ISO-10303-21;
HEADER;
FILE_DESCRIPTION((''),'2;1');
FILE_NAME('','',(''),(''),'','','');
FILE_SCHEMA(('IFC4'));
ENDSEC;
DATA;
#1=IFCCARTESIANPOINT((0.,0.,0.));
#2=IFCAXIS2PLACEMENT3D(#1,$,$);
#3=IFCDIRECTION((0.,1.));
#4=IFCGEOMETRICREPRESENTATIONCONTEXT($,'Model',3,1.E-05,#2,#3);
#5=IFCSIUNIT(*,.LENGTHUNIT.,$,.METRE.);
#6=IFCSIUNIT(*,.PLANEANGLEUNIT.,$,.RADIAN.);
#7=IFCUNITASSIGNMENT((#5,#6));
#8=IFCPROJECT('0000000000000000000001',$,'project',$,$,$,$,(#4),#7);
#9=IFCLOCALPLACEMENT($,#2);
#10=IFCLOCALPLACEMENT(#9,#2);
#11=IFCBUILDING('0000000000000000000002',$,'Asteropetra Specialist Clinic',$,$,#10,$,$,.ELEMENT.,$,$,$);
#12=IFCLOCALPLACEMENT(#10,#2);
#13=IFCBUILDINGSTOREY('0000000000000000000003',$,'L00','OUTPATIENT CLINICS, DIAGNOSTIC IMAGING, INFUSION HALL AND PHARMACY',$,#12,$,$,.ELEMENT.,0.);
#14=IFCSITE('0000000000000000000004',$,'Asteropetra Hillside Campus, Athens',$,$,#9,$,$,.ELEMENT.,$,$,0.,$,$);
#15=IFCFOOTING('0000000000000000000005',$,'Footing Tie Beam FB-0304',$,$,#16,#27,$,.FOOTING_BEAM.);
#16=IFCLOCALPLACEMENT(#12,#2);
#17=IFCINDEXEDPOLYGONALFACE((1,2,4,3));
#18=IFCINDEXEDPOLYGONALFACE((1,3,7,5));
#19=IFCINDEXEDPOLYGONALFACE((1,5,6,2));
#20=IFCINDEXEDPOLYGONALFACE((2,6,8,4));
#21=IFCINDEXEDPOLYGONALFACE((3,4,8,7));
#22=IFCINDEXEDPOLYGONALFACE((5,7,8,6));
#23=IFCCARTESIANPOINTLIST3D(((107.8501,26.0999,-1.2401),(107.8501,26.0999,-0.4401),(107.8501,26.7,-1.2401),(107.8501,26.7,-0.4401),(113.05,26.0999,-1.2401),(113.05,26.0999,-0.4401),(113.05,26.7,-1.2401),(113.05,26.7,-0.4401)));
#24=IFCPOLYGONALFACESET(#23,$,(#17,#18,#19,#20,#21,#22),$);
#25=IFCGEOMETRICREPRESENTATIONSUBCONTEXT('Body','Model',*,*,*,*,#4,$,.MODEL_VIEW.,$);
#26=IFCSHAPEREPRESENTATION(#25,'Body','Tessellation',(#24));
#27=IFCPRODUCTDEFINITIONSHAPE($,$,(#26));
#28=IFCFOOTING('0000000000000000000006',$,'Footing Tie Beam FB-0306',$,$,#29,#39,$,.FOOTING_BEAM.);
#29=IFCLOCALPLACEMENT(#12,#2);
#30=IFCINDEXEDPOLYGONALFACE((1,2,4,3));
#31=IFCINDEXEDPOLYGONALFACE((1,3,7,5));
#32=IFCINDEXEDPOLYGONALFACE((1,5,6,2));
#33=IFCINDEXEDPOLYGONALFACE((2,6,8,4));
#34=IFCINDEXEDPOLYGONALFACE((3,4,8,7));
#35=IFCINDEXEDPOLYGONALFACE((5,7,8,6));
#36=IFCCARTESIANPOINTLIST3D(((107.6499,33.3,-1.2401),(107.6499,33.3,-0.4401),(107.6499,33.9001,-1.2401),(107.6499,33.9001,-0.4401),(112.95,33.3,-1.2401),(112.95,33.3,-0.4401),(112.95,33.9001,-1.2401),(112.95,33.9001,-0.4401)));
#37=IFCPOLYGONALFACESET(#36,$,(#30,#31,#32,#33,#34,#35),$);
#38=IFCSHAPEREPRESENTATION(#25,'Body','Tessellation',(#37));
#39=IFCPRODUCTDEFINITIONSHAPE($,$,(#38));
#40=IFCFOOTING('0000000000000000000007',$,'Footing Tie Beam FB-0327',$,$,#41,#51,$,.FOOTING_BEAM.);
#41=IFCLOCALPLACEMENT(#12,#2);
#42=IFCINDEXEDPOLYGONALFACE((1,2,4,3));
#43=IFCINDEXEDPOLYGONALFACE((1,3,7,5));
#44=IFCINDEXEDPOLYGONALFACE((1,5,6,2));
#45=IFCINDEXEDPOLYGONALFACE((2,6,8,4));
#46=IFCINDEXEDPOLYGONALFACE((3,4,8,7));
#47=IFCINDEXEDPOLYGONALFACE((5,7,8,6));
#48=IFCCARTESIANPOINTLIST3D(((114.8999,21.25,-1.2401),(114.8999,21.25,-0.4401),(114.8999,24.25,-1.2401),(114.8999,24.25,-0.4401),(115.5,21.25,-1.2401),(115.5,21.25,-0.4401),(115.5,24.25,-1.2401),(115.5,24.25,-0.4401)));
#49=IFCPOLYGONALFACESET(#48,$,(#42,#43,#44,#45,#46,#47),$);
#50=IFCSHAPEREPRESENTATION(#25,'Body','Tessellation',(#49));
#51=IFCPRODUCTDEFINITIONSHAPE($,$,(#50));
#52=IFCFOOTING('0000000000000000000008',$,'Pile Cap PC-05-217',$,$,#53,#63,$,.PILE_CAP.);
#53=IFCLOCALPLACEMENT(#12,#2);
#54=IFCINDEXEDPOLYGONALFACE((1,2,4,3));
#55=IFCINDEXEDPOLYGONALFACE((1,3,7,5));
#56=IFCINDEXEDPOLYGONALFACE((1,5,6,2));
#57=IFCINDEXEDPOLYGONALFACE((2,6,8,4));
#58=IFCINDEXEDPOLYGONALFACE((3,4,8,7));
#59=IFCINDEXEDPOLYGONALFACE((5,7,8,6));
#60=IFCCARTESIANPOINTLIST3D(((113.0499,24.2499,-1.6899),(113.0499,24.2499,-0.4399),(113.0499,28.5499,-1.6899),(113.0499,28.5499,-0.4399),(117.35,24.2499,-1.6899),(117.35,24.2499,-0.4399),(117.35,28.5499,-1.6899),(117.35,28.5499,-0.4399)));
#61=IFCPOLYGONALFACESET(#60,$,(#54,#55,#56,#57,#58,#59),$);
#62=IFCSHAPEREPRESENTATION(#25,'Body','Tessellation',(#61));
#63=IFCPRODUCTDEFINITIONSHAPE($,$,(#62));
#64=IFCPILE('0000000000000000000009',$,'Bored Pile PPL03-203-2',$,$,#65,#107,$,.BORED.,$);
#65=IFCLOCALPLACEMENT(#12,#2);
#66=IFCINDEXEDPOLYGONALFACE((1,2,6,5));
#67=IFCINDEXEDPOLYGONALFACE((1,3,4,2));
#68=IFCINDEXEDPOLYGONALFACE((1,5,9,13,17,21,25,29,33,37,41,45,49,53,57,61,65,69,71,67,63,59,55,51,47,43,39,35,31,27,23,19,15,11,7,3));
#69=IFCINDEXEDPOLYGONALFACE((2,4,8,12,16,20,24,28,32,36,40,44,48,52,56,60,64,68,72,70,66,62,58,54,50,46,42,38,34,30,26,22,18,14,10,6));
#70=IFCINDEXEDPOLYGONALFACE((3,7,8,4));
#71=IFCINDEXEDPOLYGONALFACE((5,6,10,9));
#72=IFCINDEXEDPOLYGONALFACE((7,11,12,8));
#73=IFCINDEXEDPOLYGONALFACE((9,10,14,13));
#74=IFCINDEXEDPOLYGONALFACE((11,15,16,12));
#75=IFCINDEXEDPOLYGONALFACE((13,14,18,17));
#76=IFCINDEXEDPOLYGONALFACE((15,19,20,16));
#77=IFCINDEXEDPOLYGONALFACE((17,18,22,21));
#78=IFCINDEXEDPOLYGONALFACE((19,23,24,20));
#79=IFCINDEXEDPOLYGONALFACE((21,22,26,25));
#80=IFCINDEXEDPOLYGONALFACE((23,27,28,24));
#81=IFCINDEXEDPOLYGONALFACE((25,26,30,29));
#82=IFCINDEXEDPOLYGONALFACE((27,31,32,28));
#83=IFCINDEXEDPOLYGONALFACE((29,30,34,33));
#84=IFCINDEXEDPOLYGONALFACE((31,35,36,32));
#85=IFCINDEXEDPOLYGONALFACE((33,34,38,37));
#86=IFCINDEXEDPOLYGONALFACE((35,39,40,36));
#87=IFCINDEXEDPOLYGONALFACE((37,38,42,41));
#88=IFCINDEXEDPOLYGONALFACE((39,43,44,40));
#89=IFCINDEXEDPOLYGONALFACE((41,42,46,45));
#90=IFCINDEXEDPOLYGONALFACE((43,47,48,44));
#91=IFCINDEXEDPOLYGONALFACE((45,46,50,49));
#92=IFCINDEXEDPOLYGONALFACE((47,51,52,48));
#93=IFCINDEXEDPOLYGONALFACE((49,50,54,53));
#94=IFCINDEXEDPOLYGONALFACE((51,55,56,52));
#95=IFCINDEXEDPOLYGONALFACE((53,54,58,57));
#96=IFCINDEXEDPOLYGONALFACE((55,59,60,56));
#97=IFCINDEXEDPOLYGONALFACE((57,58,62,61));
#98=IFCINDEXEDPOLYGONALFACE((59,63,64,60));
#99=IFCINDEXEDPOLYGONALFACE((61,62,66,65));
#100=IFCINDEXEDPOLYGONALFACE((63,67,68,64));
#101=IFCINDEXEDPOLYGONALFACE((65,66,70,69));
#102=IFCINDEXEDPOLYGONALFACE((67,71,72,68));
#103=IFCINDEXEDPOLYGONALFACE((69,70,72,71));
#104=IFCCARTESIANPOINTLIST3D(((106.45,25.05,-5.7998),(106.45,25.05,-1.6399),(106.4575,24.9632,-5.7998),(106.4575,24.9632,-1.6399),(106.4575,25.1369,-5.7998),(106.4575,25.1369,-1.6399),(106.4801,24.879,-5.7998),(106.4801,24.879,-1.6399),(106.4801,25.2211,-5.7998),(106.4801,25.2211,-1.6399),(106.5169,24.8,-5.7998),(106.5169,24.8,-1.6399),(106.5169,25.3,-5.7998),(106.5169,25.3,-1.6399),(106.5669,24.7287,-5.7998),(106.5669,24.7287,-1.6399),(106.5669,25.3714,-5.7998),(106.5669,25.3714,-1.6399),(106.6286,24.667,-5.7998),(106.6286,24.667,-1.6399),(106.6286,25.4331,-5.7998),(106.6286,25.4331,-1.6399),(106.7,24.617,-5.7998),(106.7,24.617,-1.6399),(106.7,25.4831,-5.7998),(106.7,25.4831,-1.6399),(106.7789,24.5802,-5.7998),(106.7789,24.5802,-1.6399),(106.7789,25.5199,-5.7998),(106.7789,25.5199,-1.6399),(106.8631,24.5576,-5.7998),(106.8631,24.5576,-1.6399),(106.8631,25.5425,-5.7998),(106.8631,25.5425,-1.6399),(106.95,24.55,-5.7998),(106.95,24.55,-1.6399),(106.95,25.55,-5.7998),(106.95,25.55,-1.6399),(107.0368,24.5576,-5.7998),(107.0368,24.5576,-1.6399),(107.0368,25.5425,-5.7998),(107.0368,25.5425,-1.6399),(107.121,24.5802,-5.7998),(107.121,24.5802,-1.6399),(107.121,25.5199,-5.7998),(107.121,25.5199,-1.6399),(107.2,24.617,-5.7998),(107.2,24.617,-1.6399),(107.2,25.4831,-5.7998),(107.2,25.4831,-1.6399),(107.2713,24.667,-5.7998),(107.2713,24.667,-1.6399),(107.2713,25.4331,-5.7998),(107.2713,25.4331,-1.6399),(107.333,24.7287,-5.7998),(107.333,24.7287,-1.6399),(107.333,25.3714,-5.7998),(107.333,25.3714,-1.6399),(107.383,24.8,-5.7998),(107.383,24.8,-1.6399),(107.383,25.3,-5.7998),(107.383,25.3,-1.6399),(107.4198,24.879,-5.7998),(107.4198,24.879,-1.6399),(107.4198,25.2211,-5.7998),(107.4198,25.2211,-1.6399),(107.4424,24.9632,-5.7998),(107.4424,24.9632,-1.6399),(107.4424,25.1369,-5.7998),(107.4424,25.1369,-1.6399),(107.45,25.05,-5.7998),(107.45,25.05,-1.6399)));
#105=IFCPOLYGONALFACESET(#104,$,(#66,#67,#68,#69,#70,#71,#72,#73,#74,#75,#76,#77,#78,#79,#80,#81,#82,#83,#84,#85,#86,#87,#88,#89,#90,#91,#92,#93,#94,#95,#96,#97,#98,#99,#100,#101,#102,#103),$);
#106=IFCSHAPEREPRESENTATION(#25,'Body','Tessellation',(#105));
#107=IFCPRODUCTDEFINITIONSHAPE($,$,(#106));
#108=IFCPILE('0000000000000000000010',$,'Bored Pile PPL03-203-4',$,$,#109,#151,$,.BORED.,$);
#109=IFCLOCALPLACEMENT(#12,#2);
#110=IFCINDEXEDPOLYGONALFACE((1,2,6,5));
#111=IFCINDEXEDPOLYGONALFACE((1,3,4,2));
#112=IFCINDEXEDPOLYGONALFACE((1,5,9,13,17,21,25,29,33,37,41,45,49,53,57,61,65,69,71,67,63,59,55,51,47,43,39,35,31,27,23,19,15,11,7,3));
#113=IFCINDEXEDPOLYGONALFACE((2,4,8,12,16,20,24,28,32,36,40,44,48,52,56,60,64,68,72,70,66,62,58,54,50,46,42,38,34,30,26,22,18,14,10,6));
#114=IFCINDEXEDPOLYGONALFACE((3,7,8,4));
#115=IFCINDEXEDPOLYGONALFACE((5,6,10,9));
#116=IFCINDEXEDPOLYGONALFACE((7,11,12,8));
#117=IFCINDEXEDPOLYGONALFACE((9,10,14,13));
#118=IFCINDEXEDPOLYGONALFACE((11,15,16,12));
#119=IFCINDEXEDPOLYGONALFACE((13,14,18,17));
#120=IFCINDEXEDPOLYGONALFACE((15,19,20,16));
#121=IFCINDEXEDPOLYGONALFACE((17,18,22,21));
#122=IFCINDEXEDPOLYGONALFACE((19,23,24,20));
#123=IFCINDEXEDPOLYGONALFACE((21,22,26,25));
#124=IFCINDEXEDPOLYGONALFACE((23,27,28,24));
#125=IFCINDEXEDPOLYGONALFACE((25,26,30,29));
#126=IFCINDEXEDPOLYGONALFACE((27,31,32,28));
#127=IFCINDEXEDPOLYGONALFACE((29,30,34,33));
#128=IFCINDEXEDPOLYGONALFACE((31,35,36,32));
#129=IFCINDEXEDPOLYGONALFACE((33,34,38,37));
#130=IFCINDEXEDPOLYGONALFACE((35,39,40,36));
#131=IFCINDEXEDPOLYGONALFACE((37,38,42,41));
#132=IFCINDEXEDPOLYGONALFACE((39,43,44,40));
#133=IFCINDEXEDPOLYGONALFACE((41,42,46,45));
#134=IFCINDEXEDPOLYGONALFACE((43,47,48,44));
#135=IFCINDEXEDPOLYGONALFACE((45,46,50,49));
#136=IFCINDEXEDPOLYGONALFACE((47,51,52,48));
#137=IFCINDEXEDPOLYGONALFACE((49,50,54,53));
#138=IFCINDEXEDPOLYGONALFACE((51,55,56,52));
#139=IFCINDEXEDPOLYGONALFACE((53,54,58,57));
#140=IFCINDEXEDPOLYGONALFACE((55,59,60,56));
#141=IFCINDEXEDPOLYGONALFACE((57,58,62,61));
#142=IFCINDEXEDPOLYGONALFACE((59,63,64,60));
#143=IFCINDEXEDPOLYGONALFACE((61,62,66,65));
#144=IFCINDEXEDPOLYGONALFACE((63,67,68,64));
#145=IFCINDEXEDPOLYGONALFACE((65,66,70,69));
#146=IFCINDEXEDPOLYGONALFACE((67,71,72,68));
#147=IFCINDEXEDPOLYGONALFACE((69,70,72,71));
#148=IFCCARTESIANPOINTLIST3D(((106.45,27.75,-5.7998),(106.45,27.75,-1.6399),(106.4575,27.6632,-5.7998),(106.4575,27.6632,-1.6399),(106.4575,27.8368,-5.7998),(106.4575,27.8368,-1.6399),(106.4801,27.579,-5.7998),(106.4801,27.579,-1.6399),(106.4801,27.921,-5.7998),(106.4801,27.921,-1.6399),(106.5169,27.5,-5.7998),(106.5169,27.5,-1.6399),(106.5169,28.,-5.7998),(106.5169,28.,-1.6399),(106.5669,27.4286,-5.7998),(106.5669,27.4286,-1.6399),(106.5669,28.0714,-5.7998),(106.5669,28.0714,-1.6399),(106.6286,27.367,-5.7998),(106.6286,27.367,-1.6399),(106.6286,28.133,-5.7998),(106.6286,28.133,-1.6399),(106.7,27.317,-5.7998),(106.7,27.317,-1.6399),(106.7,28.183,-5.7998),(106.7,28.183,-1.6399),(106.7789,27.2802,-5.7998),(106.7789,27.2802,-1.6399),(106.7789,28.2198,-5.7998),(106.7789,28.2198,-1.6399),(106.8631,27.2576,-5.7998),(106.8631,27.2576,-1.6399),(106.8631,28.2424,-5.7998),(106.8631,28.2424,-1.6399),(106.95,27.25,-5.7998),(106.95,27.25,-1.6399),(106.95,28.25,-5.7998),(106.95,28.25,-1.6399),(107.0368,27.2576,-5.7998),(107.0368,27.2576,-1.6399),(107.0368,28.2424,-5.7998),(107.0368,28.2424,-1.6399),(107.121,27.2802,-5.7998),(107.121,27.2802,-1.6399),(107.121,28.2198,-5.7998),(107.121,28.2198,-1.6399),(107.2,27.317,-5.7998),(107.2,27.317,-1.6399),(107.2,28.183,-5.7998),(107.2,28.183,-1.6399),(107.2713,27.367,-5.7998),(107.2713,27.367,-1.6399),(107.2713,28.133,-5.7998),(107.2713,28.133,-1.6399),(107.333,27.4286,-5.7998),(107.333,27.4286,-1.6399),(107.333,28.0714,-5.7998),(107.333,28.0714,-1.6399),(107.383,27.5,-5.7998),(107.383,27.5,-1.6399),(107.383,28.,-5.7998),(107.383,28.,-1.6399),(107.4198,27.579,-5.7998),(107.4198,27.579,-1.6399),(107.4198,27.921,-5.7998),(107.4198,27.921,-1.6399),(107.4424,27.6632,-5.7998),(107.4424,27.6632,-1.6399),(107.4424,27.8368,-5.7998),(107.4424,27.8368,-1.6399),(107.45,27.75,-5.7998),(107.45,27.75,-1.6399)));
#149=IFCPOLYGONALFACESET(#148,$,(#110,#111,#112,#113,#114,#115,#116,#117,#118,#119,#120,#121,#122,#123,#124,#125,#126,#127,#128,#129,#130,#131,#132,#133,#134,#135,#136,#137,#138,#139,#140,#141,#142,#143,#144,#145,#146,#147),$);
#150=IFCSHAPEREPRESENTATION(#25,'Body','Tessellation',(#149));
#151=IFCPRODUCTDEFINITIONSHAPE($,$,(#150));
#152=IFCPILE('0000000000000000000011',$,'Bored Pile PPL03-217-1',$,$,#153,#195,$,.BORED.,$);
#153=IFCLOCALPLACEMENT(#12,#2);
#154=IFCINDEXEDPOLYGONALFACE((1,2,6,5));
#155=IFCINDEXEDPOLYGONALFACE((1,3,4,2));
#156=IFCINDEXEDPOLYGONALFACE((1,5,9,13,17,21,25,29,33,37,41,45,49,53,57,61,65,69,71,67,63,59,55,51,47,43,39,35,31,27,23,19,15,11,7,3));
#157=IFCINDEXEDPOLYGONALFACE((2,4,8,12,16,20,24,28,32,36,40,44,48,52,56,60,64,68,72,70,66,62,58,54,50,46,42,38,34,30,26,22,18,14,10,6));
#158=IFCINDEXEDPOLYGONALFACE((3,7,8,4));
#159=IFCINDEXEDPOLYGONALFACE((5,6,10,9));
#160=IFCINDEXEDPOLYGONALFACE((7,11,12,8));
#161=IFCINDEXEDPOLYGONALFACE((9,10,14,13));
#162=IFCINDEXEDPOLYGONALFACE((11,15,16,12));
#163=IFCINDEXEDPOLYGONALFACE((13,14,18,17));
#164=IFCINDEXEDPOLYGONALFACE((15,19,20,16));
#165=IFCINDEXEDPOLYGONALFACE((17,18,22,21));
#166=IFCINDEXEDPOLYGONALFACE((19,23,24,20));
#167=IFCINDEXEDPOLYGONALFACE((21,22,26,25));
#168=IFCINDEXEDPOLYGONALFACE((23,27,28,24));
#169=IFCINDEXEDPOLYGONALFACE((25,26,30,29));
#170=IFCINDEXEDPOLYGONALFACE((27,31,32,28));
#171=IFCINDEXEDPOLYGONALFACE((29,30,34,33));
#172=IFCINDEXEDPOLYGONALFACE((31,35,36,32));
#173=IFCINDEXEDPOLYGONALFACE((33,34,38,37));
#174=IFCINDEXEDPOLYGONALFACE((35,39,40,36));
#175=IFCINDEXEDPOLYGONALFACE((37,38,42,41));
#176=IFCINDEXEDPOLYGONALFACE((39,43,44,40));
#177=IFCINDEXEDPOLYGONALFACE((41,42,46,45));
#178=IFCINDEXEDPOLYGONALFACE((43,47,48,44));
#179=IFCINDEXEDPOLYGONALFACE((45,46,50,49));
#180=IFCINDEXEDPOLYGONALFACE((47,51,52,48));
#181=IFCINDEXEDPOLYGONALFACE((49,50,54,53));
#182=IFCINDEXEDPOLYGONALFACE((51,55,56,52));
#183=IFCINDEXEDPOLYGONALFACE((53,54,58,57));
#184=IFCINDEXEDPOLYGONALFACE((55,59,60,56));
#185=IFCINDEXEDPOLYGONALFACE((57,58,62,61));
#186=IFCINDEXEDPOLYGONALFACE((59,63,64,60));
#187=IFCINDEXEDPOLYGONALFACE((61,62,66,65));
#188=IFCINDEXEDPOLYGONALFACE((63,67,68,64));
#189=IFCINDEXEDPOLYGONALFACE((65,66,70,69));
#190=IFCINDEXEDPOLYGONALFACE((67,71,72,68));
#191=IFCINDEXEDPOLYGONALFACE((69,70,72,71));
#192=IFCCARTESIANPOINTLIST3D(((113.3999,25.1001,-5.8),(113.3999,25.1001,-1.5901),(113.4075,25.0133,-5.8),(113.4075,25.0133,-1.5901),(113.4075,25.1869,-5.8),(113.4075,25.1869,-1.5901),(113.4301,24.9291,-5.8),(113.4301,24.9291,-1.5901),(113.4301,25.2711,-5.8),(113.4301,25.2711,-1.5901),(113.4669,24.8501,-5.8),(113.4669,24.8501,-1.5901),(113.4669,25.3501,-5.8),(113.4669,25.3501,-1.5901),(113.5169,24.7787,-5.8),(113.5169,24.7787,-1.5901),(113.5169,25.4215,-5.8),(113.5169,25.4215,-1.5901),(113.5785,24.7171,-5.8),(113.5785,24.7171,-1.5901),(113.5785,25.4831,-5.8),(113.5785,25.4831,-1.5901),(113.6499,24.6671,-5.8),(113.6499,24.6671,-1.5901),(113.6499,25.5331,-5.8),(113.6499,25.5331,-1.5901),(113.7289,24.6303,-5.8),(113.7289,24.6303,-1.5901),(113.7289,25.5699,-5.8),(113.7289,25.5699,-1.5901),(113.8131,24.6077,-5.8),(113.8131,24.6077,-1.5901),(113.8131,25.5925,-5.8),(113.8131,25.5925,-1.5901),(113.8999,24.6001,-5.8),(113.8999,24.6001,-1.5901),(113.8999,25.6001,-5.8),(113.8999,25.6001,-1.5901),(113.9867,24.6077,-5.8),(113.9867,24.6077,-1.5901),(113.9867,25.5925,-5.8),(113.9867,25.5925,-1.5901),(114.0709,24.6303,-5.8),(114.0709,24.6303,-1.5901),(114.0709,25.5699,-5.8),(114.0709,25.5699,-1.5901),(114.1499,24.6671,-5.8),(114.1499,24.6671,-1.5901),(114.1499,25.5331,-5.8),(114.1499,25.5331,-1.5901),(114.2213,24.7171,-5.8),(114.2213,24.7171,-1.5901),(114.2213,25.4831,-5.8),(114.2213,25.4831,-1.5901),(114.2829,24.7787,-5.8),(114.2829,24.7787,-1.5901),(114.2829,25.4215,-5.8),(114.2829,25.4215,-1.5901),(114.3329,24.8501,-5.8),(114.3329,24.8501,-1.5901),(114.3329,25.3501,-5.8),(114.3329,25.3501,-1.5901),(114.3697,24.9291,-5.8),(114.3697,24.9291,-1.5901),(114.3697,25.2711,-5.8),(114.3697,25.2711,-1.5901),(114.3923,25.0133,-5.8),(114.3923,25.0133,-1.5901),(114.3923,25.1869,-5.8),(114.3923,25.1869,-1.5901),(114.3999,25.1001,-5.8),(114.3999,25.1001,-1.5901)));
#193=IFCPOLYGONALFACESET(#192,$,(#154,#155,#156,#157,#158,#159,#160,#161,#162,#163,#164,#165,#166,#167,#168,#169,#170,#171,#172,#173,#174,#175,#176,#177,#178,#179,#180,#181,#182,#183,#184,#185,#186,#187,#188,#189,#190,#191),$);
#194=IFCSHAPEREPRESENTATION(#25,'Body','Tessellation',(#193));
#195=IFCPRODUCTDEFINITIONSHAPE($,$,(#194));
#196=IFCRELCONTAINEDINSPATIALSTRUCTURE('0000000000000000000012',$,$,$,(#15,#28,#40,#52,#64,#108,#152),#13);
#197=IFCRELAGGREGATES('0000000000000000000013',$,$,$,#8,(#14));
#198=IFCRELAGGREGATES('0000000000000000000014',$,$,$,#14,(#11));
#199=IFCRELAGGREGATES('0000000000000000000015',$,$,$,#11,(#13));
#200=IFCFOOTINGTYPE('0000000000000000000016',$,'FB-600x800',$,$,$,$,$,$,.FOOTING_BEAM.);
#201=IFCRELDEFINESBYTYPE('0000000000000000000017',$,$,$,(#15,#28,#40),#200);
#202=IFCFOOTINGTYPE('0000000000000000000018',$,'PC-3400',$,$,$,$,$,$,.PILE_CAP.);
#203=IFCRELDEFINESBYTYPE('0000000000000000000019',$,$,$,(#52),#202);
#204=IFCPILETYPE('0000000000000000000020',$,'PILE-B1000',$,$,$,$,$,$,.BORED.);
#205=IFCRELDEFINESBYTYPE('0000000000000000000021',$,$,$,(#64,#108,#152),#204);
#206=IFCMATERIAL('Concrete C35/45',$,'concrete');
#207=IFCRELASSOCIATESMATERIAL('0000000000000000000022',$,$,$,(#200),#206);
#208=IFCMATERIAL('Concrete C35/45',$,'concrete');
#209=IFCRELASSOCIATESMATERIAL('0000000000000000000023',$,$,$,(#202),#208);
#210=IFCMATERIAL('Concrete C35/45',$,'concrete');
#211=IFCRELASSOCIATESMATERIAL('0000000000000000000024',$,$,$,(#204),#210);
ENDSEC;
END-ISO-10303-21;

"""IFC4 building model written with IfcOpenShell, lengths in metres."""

from ifc_helpers import new_model, si_unit, direction, frame, origin, origin_2d, place, context, subcontext, project, spatial, rectangle, circle, extrude, material, material_profile, profile_set, type_object, element, save


model = new_model("IFC4")

# Units and contexts
model_context = context("Model", 3, precision=1e-05, world=origin(), true_north=direction((0.0, 1.0)))
body_context = subcontext(model_context, "Body", "Model", "MODEL_VIEW")
ifc_project = project(units=[si_unit("LENGTHUNIT", "METRE"), si_unit("PLANEANGLEUNIT", "RADIAN")], contexts=[model_context])

# Site, building, storey
site_placement = place(None, origin())
site = spatial("IfcSite", under=ifc_project, at=site_placement, Name="Asteropetra Hillside Campus, Athens", CompositionType="ELEMENT", RefElevation=0.0)
building_placement = place(site_placement, origin())
building = spatial("IfcBuilding", under=site, at=building_placement, Name="Asteropetra Specialist Clinic", CompositionType="ELEMENT")
storey_placement = place(building_placement, origin())
storey = spatial("IfcBuildingStorey", under=building, at=storey_placement, Name="L00", Description="OUTPATIENT CLINICS, DIAGNOSTIC IMAGING, INFUSION HALL AND PHARMACY", CompositionType="ELEMENT", Elevation=0.0)

# Footings
ifc_material_1 = material(Name="Concrete C35/45", Category="concrete")
ifc_material_profile_1 = material_profile(ifc_material_1, rectangle(XDim=0.6001, YDim=0.8, at=origin_2d()), Name="FB 600x800")
ifc_profile_set_1 = profile_set([ifc_material_profile_1], Name="Concrete C35/45")
footing_type_1 = type_object("IfcFootingType", Name="FB-600x800", PredefinedType="FOOTING_BEAM", material=ifc_profile_set_1)
footing_1_placement = place(storey_placement, frame((107.8501, 26.3999, -0.8401), z_axis=(1.0, 0.0, 0.0), x_axis=(0.0, 1.0, 0.0)))
element("IfcFooting", 1, at=footing_1_placement, inside=storey, type_object=footing_type_1, Name="Footing Tie Beam FB-0304", PredefinedType="FOOTING_BEAM", context=body_context, shape_type="SweptSolid", body=[
    extrude(rectangle(XDim=0.6001, YDim=0.8, at=origin_2d()), origin(), (0.0, 0.0, 1.0), 5.2),
])
footing_2_placement = place(storey_placement, frame((107.6499, 33.6001, -0.8401), z_axis=(1.0, 0.0, 0.0), x_axis=(0.0, 1.0, 0.0)))
element("IfcFooting", 2, at=footing_2_placement, inside=storey, type_object=footing_type_1, Name="Footing Tie Beam FB-0306", PredefinedType="FOOTING_BEAM", context=body_context, shape_type="SweptSolid", body=[
    extrude(rectangle(XDim=0.6001, YDim=0.8, at=origin_2d()), origin(), (0.0, 0.0, 1.0), 5.3),
])
footing_3_placement = place(storey_placement, frame((115.2, 21.25, -0.8401), z_axis=(0.0, 1.0, 0.0), x_axis=(-1.0, 0.0, 0.0)))
element("IfcFooting", 3, at=footing_3_placement, inside=storey, type_object=footing_type_1, Name="Footing Tie Beam FB-0327", PredefinedType="FOOTING_BEAM", context=body_context, shape_type="SweptSolid", body=[
    extrude(rectangle(XDim=0.6001, YDim=0.8, at=origin_2d()), origin(), (0.0, 0.0, 1.0), 3.0),
])
ifc_material_2 = material(Name="Concrete C35/45", Category="concrete")
footing_type_2 = type_object("IfcFootingType", Name="PC-3400", PredefinedType="PILE_CAP", material=ifc_material_2)
footing_4_placement = place(storey_placement, frame((115.2, 26.3999, -1.6899), z_axis=(0.0, 0.0, 1.0), x_axis=(1.0, 0.0, 0.0)))
element("IfcFooting", 4, at=footing_4_placement, inside=storey, type_object=footing_type_2, Name="Pile Cap PC-05-217", PredefinedType="PILE_CAP", context=body_context, shape_type="SweptSolid", body=[
    extrude(rectangle(XDim=4.3, YDim=4.3, at=origin_2d()), origin(), (0.0, 0.0, 1.0), 1.25),
])

# Piles
ifc_material_3 = material(Name="Concrete C35/45", Category="concrete")
ifc_material_profile_2 = material_profile(ifc_material_3, circle(Radius=0.5, at=origin_2d()), Name="PILE D1000")
ifc_profile_set_2 = profile_set([ifc_material_profile_2], Name="Concrete C35/45")
pile_type_1 = type_object("IfcPileType", Name="PILE-B1000", PredefinedType="BORED", material=ifc_profile_set_2)
for number, where, z_axis, x_axis, name in (
    (5, (106.95, 25.05, -1.6399), (0.0, 0.0, -1.0), (1.0, 0.0, 0.0), "Bored Pile PPL03-203-2"),
    (6, (106.95, 27.75, -1.6399), (0.0, 0.0, -1.0), (1.0, 0.0, 0.0), "Bored Pile PPL03-203-4"),
):
    element("IfcPile", number, at=place(storey_placement, frame(where, z_axis=z_axis, x_axis=x_axis)), inside=storey, type_object=pile_type_1, Name=name, PredefinedType="BORED", context=body_context, shape_type="SweptSolid", body=[
        extrude(circle(Radius=0.5, at=origin_2d()), origin(), (0.0, 0.0, 1.0), 4.1599),
    ])
for number, where, z_axis, x_axis, name in (
    (7, (113.8999, 25.1001, -1.5901), (0.0, 0.0, -1.0), (1.0, 0.0, 0.0), "Bored Pile PPL03-217-1"),
):
    element("IfcPile", number, at=place(storey_placement, frame(where, z_axis=z_axis, x_axis=x_axis)), inside=storey, type_object=pile_type_1, Name=name, PredefinedType="BORED", context=body_context, shape_type="SweptSolid", body=[
        extrude(circle(Radius=0.5, at=origin_2d()), origin(), (0.0, 0.0, 1.0), 4.21),
    ])

save(model, "model.ifc")
